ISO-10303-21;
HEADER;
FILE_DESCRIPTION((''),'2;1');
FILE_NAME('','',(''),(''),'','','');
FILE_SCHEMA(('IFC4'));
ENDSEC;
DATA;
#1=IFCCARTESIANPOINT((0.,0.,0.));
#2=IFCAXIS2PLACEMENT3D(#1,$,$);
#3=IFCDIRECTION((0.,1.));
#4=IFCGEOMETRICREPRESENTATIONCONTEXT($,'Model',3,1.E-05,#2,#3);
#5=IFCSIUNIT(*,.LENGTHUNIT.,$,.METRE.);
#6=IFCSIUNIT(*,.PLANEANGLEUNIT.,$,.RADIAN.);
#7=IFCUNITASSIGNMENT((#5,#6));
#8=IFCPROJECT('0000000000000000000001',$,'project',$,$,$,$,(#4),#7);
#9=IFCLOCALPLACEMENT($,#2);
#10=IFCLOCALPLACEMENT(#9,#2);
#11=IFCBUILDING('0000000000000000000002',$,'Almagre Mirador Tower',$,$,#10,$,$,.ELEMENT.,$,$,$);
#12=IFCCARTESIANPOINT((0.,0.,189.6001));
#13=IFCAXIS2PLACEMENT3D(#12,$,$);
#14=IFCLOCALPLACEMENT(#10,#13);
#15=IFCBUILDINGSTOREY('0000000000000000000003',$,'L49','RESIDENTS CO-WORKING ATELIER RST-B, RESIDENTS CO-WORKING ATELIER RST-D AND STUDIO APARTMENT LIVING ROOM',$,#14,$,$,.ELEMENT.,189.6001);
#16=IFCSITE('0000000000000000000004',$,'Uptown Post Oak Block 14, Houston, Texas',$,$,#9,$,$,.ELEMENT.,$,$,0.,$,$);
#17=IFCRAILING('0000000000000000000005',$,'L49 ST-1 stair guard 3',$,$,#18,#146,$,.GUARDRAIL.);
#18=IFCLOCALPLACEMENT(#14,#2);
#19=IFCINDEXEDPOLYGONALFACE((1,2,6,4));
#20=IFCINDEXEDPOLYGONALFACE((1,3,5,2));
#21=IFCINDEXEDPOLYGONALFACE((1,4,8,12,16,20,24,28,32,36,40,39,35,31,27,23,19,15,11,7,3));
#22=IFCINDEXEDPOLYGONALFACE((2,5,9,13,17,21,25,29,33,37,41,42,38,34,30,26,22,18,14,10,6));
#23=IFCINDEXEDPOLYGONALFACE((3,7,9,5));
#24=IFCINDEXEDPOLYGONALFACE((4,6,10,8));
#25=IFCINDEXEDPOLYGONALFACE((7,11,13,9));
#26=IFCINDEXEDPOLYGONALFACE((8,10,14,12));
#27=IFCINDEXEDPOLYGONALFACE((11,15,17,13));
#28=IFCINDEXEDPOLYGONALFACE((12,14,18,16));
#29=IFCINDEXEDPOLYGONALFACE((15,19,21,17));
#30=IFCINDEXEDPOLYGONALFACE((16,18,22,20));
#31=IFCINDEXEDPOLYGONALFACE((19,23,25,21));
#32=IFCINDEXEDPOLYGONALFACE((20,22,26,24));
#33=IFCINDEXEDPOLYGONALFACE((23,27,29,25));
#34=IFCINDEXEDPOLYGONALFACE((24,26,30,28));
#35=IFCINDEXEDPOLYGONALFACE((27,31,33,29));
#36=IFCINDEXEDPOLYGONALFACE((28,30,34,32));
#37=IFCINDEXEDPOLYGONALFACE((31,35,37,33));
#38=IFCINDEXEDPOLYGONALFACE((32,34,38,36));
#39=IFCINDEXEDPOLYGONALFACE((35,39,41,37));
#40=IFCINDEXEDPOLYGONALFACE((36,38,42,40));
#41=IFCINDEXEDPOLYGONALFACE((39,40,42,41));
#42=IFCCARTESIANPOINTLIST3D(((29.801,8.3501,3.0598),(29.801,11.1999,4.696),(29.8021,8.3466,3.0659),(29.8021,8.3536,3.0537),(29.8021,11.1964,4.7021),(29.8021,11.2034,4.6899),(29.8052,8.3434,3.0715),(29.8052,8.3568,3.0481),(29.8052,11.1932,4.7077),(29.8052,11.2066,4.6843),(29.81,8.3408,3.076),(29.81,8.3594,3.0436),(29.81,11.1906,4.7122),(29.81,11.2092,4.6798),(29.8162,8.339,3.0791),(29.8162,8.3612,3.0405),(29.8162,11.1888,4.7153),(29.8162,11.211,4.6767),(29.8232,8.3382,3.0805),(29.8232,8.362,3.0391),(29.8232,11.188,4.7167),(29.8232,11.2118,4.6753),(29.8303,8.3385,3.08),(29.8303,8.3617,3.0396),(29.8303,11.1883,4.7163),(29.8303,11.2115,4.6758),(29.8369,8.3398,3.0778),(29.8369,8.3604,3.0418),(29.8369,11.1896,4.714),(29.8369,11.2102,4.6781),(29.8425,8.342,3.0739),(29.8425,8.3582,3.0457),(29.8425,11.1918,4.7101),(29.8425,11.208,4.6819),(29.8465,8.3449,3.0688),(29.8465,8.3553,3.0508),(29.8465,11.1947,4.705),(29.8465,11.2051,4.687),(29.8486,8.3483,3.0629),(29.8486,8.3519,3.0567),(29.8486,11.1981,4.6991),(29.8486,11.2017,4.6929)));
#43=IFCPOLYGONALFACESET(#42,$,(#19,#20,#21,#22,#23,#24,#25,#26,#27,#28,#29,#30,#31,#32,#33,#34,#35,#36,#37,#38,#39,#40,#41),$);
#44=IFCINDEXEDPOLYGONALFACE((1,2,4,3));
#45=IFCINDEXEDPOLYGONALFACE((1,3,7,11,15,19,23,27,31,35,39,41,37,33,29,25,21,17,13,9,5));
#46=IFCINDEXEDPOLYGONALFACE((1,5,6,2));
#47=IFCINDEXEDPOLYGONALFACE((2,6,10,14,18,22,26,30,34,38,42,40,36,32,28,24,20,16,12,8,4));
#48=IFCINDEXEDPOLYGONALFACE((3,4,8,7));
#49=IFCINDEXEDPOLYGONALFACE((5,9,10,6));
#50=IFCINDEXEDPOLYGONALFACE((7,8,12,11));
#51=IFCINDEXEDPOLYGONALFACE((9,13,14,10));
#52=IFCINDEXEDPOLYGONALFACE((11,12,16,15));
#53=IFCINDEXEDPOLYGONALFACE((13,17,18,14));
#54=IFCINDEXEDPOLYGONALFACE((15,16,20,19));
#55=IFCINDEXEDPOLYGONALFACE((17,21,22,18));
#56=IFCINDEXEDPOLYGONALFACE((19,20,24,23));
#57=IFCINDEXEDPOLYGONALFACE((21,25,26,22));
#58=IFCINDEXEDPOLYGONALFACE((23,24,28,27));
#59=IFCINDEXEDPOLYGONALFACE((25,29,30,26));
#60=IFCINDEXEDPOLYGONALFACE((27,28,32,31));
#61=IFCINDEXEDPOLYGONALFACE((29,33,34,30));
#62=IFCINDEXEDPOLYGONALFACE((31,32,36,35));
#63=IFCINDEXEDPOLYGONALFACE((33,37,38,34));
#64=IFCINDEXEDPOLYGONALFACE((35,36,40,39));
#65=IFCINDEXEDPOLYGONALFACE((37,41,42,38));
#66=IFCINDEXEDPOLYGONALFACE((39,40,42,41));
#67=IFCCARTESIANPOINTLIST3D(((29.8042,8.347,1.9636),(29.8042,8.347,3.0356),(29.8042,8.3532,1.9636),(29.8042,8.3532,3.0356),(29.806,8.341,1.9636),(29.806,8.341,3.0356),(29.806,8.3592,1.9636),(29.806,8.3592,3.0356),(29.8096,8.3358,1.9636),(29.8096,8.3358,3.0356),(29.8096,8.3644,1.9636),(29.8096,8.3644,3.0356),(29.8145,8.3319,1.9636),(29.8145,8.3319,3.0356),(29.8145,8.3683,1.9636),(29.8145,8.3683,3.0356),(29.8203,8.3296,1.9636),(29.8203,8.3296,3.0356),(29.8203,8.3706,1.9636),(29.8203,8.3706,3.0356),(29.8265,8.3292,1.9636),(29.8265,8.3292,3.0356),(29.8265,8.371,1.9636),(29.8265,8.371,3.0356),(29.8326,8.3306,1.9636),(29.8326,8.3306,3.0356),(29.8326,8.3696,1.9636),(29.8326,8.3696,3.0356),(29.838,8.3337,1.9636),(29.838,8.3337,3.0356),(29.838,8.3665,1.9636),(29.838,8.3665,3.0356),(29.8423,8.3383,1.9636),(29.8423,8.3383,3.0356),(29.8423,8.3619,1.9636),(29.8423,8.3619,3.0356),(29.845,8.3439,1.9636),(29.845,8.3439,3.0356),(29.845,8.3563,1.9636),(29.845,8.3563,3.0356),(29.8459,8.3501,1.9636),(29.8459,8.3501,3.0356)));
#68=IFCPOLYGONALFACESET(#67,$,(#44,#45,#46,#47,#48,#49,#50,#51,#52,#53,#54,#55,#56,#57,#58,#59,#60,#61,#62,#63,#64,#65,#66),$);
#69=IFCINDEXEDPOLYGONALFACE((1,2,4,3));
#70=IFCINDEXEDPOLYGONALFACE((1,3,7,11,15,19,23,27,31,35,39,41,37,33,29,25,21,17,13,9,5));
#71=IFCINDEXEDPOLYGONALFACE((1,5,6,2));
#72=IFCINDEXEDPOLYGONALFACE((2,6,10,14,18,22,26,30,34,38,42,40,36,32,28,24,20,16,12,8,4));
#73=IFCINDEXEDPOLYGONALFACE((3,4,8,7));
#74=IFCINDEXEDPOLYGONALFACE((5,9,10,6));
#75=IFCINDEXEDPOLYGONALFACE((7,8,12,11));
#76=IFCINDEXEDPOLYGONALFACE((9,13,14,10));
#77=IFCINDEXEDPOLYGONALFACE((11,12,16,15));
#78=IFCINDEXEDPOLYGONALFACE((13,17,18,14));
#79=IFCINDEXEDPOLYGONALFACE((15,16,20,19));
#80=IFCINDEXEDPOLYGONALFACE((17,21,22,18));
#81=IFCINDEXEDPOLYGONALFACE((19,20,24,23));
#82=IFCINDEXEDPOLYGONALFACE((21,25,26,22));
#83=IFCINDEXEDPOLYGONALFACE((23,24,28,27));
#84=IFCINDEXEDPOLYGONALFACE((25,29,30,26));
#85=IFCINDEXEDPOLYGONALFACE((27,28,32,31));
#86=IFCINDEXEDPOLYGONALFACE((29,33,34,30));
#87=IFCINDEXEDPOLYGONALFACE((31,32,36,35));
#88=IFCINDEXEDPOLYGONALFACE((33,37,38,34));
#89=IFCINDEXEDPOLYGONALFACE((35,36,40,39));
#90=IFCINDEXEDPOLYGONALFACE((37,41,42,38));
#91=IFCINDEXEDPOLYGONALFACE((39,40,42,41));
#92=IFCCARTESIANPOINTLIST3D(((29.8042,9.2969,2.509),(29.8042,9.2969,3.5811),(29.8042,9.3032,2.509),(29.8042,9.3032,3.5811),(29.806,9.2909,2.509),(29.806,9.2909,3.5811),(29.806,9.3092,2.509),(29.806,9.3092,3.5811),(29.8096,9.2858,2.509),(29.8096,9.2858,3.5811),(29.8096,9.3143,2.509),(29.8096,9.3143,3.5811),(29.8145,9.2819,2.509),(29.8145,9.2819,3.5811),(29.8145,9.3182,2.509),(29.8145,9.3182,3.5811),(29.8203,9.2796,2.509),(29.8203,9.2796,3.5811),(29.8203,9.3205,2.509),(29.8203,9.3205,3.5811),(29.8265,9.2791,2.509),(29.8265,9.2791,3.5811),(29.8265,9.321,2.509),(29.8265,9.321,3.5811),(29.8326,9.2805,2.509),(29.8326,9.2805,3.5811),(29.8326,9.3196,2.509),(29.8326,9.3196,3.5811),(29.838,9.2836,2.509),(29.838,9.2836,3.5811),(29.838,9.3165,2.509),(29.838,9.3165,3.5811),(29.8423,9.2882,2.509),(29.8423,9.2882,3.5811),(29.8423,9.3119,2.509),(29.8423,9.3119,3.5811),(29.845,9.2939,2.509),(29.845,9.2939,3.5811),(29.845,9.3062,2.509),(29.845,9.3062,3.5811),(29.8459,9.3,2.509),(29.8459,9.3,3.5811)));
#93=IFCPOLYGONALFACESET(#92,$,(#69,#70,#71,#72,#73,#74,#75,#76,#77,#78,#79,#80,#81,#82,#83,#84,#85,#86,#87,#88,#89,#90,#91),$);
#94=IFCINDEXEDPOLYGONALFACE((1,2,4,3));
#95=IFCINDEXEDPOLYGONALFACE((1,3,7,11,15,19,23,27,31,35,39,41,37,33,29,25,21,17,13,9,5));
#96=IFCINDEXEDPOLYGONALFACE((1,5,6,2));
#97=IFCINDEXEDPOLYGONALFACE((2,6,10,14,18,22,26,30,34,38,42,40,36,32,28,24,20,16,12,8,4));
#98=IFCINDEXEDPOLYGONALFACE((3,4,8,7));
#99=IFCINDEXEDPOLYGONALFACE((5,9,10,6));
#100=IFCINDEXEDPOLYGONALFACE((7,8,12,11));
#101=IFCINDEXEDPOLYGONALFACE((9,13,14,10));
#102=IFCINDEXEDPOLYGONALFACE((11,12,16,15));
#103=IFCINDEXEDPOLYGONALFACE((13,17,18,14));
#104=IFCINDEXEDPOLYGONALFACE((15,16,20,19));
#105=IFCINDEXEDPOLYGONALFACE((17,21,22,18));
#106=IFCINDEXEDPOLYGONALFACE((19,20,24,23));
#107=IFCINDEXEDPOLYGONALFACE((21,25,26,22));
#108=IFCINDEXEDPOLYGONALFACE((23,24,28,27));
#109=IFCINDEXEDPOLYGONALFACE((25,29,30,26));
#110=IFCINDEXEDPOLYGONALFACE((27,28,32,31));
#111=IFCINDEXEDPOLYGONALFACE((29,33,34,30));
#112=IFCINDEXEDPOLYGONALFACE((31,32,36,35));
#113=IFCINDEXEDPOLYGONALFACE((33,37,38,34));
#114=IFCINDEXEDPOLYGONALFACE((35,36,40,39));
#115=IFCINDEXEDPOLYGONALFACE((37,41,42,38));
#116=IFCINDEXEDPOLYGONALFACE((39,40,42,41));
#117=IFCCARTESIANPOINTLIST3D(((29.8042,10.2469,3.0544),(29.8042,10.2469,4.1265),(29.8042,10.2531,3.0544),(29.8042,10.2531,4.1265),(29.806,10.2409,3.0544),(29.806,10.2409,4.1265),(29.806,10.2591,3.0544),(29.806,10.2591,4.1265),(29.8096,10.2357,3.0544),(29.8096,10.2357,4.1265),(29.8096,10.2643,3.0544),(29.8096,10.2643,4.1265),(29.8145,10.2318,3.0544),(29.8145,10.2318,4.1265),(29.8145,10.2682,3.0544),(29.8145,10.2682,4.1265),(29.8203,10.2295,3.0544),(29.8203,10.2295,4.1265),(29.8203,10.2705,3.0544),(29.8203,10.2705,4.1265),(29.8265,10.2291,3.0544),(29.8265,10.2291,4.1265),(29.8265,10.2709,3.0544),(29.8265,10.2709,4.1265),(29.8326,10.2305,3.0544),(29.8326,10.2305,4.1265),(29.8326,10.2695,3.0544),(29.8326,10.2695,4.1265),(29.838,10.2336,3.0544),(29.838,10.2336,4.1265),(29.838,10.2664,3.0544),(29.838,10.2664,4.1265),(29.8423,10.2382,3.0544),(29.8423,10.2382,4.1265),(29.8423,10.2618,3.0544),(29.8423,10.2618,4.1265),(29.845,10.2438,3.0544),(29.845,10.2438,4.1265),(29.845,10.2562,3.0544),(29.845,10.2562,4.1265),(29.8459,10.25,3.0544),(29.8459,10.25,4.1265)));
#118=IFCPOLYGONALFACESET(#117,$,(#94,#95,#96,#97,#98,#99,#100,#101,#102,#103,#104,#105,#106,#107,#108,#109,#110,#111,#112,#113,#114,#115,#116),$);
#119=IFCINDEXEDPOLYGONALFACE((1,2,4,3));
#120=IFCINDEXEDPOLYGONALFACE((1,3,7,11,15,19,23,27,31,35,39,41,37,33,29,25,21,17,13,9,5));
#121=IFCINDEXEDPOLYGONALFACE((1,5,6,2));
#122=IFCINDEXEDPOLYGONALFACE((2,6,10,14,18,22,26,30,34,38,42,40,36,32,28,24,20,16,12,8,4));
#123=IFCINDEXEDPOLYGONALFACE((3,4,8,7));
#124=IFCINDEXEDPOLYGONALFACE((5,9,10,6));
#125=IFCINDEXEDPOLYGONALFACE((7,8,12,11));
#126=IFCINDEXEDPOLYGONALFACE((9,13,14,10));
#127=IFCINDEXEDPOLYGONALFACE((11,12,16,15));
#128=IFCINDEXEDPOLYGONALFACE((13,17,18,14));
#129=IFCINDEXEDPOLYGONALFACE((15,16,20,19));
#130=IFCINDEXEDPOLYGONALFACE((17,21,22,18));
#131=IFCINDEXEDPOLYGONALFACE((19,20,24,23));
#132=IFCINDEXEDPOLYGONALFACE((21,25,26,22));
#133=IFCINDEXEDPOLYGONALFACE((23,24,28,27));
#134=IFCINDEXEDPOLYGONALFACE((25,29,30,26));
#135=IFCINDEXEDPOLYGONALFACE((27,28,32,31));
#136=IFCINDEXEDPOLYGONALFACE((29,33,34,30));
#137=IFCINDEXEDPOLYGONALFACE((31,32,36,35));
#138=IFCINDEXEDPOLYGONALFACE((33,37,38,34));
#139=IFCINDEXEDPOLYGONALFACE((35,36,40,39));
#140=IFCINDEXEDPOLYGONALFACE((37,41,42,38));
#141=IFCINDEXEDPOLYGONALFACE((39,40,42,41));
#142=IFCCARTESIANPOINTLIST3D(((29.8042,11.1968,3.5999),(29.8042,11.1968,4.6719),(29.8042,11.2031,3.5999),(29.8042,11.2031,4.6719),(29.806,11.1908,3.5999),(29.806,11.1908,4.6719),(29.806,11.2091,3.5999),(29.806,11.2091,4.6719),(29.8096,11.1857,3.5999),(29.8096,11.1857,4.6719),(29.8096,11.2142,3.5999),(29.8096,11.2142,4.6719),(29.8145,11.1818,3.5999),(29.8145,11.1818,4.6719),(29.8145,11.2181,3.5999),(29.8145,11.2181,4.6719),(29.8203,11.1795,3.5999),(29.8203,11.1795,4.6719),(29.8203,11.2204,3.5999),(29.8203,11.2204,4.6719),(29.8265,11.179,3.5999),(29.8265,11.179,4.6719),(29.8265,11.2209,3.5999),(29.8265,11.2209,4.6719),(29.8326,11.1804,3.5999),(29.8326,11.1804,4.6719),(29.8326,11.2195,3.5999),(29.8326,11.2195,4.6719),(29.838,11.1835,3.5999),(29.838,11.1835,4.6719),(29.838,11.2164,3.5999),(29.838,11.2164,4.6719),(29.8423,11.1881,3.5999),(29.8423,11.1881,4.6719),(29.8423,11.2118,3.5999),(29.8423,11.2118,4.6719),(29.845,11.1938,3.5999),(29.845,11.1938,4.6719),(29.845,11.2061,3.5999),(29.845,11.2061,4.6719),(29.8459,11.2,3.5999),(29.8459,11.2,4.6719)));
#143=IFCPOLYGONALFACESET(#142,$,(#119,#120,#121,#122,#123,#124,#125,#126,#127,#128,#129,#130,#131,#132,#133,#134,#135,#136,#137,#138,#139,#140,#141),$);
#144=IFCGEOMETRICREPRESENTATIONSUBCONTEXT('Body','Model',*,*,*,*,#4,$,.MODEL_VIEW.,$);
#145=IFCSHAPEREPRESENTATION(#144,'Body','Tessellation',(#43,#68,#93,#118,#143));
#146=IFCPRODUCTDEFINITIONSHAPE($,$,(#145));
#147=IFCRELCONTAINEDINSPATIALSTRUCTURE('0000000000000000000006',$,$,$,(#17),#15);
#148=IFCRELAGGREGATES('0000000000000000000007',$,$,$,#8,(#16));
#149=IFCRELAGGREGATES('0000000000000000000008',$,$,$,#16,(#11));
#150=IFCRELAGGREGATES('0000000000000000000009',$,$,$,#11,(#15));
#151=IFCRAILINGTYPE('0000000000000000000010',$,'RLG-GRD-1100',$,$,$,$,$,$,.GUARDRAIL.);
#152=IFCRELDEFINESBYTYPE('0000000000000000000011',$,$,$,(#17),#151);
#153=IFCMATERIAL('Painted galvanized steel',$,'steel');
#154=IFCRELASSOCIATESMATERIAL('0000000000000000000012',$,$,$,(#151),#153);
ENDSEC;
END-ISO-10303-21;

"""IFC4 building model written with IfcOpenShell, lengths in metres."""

from ifc_helpers import new_model, si_unit, direction, frame, origin, origin_2d, place, context, subcontext, project, spatial, circle, extrude, material, type_object, element, save


model = new_model("IFC4")

# Units and contexts
model_context = context("Model", 3, precision=1e-05, world=origin(), true_north=direction((0.0, 1.0)))
body_context = subcontext(model_context, "Body", "Model", "MODEL_VIEW")
ifc_project = project(units=[si_unit("LENGTHUNIT", "METRE"), si_unit("PLANEANGLEUNIT", "RADIAN")], contexts=[model_context])

# Site, building, storey
site_placement = place(None, origin())
site = spatial("IfcSite", under=ifc_project, at=site_placement, Name="Uptown Post Oak Block 14, Houston, Texas", CompositionType="ELEMENT", RefElevation=0.0)
building_placement = place(site_placement, origin())
building = spatial("IfcBuilding", under=site, at=building_placement, Name="Almagre Mirador Tower", CompositionType="ELEMENT")
storey_placement = place(building_placement, frame((0.0, 0.0, 189.6001)))
storey = spatial("IfcBuildingStorey", under=building, at=storey_placement, Name="L49", Description="RESIDENTS CO-WORKING ATELIER RST-B, RESIDENTS CO-WORKING ATELIER RST-D AND STUDIO APARTMENT LIVING ROOM", CompositionType="ELEMENT", Elevation=189.6001)

# Railing
ifc_material_1 = material(Name="Painted galvanized steel", Category="steel")
railing_type_1 = type_object("IfcRailingType", Name="RLG-GRD-1100", PredefinedType="GUARDRAIL", material=ifc_material_1)
railing_1_placement = place(storey_placement, frame((29.825, 8.3501, 1.9636)))
element("IfcRailing", 1, at=railing_1_placement, inside=storey, type_object=railing_type_1, Name="L49 ST-1 stair guard 3", PredefinedType="GUARDRAIL", context=body_context, shape_type="SweptSolid", body=[
    extrude(circle(Radius=0.0239, at=origin_2d()), frame((0.0, 0.0, 1.0962), z_axis=(0.0, 0.867226, 0.497914), x_axis=(-1.0, 0.0, 0.0)), (0.0, 0.0, 1.0), 3.2861),
    extrude(circle(Radius=0.021, at=origin_2d()), origin(), (0.0, 0.0, 1.0), 1.072),
    extrude(circle(Radius=0.021, at=origin_2d()), frame((0.0, 0.95, 0.5454)), (0.0, 0.0, 1.0), 1.072),
    extrude(circle(Radius=0.021, at=origin_2d()), frame((0.0, 1.8999, 1.0908)), (0.0, 0.0, 1.0), 1.072),
    extrude(circle(Radius=0.021, at=origin_2d()), frame((0.0, 2.8499, 1.6362)), (0.0, 0.0, 1.0), 1.072),
])

save(model, "model.ifc")
